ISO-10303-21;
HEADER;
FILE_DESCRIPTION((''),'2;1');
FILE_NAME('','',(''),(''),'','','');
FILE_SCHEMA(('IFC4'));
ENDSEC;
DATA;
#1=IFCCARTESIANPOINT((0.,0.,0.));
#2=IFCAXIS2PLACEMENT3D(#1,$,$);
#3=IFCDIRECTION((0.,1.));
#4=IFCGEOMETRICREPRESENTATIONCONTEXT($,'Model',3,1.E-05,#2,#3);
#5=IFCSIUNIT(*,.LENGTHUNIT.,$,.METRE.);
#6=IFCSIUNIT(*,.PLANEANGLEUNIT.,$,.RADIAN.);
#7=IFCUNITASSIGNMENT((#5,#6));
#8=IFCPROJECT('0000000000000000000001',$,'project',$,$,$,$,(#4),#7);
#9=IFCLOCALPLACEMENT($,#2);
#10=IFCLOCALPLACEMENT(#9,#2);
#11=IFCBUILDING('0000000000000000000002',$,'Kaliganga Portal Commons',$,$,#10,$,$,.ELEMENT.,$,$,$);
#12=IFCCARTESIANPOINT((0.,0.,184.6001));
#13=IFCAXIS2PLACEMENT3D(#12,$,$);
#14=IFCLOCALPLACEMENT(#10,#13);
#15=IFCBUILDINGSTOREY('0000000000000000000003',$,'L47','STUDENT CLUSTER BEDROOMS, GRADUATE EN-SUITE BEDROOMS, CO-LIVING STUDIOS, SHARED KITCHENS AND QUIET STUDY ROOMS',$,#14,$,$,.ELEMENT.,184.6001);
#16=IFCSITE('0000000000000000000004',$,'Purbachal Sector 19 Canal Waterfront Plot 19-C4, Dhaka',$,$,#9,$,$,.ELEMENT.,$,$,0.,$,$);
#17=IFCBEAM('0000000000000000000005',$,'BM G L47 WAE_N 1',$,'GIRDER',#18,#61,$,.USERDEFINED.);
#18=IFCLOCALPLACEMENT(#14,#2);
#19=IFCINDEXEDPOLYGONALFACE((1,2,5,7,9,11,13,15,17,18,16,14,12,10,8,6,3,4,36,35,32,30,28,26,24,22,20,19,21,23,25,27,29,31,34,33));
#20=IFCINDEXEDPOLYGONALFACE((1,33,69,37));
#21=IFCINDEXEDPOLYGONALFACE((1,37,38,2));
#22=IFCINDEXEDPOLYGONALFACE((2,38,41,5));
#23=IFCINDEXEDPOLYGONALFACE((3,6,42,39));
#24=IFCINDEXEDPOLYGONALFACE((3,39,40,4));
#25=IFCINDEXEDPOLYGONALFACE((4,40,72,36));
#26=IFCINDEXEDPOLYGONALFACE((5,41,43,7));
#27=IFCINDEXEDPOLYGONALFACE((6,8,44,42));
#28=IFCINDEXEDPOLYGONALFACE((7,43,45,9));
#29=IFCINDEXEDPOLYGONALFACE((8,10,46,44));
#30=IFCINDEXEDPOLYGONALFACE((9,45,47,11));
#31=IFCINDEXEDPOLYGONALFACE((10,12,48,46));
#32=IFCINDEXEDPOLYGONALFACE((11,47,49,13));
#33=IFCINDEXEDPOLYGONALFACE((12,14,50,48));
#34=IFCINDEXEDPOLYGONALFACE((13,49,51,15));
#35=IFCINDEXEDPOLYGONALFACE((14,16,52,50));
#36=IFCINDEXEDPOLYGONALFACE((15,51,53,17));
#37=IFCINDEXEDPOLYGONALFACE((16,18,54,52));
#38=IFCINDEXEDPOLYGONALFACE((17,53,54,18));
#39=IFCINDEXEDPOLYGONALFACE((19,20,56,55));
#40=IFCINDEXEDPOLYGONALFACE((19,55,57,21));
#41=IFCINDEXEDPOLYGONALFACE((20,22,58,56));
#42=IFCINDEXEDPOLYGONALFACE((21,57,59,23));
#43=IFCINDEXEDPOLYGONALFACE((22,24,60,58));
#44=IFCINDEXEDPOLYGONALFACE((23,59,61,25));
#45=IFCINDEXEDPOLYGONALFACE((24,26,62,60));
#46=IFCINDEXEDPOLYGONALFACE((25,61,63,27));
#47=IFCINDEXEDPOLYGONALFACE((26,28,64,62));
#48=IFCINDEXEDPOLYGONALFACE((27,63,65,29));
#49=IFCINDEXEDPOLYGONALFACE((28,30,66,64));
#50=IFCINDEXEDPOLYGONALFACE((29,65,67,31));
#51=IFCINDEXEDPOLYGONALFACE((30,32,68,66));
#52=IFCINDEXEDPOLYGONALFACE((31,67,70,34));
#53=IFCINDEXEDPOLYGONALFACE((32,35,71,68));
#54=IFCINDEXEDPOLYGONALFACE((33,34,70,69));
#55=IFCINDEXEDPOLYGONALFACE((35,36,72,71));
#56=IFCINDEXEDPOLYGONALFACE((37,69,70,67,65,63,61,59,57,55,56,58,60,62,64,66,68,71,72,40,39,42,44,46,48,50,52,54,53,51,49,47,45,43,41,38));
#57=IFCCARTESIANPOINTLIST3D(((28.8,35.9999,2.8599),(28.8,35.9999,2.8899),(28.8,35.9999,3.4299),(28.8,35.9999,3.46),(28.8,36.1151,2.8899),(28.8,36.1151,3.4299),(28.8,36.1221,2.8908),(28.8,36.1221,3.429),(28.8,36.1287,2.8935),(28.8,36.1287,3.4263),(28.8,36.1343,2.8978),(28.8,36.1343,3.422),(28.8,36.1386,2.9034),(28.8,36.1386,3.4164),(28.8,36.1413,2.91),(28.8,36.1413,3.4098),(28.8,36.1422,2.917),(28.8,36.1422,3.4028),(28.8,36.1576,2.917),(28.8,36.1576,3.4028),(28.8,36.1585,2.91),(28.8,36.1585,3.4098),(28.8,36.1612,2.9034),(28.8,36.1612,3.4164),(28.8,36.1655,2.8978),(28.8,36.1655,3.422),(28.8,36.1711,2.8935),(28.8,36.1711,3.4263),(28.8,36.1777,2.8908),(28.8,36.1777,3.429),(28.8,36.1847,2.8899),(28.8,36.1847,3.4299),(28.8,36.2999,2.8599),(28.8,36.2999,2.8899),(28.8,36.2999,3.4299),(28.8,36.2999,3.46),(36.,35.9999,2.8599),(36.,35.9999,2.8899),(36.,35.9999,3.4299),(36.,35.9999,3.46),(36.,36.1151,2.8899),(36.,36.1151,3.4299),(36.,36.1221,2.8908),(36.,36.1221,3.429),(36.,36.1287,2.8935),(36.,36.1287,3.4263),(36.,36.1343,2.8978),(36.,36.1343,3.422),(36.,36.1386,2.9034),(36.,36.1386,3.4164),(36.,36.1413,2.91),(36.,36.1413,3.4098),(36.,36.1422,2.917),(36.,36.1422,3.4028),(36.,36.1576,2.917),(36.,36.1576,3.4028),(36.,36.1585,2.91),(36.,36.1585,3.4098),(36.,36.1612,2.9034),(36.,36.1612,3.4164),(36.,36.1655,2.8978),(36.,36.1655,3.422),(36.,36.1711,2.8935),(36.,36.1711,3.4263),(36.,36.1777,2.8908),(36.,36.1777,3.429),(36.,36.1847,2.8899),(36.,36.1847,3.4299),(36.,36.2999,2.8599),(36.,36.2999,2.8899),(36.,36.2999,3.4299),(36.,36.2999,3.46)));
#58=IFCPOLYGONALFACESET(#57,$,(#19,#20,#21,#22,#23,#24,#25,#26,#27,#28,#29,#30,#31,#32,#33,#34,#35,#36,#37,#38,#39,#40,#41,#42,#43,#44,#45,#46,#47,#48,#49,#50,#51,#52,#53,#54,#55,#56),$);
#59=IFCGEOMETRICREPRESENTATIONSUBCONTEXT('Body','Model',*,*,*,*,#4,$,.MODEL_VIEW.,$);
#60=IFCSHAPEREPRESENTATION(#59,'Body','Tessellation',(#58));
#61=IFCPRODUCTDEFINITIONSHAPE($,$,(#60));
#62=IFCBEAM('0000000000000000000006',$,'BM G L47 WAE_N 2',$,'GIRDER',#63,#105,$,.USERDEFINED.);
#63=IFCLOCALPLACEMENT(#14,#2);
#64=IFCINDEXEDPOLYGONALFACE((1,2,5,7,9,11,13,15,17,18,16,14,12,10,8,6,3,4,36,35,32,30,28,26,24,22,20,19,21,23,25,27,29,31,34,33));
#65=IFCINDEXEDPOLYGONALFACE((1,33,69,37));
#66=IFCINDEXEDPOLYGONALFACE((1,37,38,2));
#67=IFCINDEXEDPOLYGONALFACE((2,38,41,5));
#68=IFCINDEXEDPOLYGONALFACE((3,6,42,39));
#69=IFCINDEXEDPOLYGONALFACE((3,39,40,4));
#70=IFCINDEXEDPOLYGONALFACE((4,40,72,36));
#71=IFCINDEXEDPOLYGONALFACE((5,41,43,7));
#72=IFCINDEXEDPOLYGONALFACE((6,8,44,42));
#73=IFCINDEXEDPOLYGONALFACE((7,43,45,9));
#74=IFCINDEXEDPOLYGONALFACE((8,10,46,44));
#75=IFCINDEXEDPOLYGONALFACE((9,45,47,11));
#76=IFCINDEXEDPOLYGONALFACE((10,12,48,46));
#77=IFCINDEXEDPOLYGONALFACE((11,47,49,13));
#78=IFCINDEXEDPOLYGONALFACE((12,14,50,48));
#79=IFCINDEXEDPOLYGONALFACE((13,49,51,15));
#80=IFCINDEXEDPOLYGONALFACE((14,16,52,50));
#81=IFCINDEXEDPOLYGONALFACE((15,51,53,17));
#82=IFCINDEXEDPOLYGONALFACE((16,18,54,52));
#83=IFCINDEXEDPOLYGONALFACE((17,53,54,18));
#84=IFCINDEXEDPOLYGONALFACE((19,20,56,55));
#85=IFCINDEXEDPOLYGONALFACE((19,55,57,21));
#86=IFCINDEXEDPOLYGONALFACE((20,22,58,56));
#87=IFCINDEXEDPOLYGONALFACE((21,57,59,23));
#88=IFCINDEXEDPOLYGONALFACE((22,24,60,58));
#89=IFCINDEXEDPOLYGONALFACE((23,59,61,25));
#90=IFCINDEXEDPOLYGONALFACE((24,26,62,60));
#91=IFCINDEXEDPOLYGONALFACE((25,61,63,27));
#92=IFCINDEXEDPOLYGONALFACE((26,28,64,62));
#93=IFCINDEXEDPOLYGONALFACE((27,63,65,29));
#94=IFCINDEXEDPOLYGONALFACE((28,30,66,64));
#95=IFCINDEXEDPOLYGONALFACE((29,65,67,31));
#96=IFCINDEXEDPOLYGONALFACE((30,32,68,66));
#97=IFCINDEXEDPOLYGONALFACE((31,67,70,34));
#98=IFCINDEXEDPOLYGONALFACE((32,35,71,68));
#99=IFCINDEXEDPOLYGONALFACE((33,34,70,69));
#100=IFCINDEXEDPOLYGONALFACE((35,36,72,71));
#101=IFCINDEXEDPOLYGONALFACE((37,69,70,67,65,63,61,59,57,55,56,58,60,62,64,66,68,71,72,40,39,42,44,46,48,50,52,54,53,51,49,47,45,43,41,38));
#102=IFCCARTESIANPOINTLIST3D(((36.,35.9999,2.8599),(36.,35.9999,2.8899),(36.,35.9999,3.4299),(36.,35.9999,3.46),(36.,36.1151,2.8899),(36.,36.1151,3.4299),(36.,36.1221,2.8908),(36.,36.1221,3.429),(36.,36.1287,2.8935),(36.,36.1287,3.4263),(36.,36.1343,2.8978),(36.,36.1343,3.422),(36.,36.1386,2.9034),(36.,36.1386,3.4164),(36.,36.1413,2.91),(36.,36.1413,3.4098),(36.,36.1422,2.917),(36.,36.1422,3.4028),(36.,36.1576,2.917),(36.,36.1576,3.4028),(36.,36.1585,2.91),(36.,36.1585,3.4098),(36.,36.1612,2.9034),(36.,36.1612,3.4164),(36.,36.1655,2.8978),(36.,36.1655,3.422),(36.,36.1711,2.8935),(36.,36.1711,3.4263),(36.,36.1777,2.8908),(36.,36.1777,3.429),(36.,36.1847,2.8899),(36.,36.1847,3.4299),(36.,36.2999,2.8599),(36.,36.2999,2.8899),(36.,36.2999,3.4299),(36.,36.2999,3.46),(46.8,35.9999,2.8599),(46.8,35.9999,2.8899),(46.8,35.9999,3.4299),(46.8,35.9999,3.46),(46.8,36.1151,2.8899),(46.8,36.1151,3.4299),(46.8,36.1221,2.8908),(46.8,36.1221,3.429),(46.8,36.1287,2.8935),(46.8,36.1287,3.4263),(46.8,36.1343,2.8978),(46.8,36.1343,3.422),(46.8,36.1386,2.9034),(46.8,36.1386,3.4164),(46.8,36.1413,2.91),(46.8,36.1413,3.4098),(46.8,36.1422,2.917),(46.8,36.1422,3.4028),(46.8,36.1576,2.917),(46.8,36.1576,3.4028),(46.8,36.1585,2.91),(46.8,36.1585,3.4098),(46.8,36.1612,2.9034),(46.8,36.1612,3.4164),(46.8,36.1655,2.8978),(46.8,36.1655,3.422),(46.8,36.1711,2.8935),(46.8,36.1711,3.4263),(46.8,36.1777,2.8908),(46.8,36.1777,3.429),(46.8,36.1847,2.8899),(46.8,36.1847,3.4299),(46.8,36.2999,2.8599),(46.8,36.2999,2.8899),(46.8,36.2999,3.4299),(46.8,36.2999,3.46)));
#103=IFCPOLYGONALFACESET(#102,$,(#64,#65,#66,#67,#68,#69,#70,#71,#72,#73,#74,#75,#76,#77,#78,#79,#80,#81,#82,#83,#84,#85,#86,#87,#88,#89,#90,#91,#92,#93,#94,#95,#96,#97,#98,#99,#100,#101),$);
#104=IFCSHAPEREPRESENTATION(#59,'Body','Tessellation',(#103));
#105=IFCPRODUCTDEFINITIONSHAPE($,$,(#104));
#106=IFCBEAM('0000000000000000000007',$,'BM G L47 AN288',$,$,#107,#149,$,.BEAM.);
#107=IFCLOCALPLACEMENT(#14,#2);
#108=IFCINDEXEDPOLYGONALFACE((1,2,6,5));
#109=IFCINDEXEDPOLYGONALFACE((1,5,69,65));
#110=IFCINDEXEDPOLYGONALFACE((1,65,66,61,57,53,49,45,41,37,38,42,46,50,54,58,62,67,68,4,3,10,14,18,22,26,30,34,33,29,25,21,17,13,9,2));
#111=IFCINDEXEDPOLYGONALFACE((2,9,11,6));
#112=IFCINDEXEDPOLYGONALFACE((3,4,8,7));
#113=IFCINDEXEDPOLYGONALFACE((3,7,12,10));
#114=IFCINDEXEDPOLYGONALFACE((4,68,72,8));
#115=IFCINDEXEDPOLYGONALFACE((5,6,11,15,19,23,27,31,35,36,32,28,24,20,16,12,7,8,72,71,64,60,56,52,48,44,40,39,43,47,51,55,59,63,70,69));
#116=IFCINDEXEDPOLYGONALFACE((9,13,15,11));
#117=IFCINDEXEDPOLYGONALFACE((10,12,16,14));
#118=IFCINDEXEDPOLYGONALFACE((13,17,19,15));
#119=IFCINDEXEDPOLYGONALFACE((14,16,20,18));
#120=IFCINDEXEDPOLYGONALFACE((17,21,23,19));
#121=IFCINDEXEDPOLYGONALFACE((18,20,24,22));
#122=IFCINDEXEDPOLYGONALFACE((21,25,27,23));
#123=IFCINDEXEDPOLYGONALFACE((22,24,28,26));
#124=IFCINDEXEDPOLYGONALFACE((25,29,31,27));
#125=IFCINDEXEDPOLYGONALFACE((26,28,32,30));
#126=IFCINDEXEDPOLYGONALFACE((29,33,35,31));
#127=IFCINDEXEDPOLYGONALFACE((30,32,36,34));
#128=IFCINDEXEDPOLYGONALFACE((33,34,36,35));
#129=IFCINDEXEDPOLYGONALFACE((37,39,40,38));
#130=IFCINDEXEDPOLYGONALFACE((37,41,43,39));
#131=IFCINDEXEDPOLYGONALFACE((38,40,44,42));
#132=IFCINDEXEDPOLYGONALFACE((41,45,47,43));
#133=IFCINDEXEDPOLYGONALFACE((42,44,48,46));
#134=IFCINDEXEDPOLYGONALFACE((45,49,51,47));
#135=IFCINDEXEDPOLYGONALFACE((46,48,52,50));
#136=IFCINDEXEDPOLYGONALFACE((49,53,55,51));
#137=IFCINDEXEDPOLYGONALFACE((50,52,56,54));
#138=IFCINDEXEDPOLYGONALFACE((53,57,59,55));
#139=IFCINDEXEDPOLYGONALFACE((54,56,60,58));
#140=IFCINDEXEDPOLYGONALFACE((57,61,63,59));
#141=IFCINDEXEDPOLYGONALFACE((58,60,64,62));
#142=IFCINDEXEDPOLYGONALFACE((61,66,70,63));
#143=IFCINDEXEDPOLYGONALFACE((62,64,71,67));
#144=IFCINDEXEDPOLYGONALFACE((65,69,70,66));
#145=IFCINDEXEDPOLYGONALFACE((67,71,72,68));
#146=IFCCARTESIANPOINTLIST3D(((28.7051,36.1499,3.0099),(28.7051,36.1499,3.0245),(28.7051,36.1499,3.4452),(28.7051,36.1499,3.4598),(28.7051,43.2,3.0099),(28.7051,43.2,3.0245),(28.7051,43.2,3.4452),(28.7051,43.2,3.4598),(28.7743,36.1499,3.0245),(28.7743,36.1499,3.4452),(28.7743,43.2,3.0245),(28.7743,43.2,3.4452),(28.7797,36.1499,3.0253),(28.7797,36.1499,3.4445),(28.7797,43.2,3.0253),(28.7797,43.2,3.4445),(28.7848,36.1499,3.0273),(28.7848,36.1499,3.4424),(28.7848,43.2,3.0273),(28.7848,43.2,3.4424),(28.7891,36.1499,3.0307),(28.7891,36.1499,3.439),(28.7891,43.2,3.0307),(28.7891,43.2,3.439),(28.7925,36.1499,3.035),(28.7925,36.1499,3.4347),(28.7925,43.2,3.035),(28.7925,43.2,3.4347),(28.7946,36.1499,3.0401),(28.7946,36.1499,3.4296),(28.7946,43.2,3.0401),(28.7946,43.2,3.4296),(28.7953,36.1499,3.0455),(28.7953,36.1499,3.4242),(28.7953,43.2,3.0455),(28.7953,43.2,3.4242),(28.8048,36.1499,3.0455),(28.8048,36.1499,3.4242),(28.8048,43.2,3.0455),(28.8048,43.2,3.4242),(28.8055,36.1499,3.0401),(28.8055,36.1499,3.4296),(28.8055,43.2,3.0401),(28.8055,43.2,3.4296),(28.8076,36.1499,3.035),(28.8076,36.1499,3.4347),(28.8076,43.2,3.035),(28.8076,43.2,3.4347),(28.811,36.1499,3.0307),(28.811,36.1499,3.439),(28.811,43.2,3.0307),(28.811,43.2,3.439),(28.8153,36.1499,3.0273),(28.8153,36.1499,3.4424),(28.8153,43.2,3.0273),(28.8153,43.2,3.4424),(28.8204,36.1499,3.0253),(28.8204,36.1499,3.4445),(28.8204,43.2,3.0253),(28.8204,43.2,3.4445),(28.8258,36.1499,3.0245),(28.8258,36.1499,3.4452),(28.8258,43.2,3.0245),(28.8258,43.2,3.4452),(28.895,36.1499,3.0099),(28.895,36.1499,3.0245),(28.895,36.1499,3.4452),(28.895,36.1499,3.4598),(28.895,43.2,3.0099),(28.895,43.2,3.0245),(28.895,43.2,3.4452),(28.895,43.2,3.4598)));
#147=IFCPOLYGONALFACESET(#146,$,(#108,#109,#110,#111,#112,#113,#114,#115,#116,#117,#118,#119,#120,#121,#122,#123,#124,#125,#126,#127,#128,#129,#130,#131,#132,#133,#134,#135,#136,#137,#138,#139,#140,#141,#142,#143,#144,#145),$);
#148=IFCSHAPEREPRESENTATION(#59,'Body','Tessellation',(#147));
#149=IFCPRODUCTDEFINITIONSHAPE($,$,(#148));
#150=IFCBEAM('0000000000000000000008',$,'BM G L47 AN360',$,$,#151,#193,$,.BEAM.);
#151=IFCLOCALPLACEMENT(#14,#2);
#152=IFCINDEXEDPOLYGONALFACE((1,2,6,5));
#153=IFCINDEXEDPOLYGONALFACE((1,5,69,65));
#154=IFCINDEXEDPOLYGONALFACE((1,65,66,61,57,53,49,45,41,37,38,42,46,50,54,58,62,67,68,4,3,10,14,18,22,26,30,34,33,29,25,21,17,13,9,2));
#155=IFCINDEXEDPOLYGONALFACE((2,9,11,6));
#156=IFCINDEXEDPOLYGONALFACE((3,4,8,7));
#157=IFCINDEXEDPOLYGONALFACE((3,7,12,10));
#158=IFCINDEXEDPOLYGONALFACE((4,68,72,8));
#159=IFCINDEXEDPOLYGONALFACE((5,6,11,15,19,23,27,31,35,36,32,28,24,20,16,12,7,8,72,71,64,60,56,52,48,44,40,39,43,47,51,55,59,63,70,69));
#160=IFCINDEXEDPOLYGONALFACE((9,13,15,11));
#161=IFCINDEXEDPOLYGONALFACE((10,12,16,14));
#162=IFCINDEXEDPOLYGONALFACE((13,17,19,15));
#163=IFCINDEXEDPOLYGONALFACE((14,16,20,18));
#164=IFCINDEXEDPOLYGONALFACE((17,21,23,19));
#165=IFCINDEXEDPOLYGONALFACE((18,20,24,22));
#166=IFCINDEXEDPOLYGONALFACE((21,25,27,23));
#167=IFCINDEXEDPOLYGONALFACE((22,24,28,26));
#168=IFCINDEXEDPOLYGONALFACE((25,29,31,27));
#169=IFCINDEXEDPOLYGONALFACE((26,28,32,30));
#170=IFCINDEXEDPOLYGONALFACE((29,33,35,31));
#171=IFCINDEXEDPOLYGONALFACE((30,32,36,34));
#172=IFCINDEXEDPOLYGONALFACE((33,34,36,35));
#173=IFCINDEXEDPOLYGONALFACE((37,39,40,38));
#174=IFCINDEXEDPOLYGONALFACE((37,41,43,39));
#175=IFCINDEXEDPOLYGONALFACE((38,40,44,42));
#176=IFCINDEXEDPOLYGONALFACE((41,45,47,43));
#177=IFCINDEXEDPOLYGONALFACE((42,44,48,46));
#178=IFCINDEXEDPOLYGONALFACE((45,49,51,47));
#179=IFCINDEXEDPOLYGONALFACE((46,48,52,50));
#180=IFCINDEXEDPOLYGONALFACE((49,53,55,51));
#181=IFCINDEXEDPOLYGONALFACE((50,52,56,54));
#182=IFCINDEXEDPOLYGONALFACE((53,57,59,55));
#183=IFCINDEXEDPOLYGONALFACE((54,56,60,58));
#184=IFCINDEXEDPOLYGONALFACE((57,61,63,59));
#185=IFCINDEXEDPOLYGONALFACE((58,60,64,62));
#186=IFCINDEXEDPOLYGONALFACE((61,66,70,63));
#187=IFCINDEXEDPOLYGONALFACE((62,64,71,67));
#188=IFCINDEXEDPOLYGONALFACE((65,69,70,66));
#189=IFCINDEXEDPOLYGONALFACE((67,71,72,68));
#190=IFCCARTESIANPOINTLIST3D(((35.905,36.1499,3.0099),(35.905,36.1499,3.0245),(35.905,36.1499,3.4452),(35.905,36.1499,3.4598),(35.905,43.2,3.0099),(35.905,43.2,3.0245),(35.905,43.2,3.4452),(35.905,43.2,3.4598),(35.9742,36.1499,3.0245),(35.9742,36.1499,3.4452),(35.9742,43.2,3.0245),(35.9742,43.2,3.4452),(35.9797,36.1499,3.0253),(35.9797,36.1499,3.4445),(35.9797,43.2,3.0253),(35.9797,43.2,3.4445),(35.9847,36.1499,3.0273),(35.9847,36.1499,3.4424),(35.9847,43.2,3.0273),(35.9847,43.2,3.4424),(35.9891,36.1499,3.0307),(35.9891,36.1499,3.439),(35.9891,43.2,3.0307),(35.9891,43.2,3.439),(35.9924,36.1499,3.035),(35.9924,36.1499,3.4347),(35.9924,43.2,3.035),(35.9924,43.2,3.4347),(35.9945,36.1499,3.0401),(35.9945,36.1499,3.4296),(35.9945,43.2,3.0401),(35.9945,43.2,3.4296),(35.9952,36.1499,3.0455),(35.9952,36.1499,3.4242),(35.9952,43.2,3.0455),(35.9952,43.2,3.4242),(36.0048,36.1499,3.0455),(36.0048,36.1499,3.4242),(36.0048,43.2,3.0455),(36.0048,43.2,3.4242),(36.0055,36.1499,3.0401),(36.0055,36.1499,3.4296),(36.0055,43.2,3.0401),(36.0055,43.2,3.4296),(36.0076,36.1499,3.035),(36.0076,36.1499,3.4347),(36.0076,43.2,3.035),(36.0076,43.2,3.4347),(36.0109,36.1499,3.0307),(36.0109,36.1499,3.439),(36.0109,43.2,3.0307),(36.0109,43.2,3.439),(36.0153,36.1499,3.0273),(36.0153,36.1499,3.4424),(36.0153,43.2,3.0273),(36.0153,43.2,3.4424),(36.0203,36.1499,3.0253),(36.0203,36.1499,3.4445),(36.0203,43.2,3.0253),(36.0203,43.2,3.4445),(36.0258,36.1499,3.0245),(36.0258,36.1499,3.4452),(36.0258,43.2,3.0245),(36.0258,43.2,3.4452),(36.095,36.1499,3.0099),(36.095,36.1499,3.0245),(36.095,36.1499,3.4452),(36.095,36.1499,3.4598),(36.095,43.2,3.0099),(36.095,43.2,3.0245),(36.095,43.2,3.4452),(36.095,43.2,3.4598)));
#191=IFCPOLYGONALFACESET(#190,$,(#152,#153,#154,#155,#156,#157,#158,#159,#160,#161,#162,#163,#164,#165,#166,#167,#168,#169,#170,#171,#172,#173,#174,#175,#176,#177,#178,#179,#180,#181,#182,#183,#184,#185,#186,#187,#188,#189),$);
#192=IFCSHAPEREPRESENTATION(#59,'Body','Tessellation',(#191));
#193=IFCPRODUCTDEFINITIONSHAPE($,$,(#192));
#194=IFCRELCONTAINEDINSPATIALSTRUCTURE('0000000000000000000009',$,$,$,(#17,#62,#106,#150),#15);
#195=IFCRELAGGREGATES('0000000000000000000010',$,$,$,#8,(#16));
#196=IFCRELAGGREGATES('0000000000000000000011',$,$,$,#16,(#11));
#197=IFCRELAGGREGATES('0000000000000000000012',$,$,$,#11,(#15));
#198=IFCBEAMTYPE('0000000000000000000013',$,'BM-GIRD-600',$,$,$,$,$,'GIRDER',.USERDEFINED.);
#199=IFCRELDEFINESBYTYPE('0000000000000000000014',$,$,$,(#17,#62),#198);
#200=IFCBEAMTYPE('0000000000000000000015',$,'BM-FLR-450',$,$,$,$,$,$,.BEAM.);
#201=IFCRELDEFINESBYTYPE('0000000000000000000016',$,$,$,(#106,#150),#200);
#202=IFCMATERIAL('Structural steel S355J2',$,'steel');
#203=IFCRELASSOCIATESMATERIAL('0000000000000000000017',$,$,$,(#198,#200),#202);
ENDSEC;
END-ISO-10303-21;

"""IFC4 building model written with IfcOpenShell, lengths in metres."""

from ifc_helpers import new_model, si_unit, direction, frame, origin, origin_2d, place, context, subcontext, project, spatial, i_section, extrude, source, transform, mapped, material, material_profile, profile_set, type_object, element, save


model = new_model("IFC4")

# Units and contexts
model_context = context("Model", 3, precision=1e-05, world=origin(), true_north=direction((0.0, 1.0)))
body_context = subcontext(model_context, "Body", "Model", "MODEL_VIEW")
ifc_project = project(units=[si_unit("LENGTHUNIT", "METRE"), si_unit("PLANEANGLEUNIT", "RADIAN")], contexts=[model_context])

# Site, building, storey
site_placement = place(None, origin())
site = spatial("IfcSite", under=ifc_project, at=site_placement, Name="Purbachal Sector 19 Canal Waterfront Plot 19-C4, Dhaka", CompositionType="ELEMENT", RefElevation=0.0)
building_placement = place(site_placement, origin())
building = spatial("IfcBuilding", under=site, at=building_placement, Name="Kaliganga Portal Commons", CompositionType="ELEMENT")
storey_placement = place(building_placement, frame((0.0, 0.0, 184.6001)))
storey = spatial("IfcBuildingStorey", under=building, at=storey_placement, Name="L47", Description="STUDENT CLUSTER BEDROOMS, GRADUATE EN-SUITE BEDROOMS, CO-LIVING STUDIOS, SHARED KITCHENS AND QUIET STUDY ROOMS", CompositionType="ELEMENT", Elevation=184.6001)

# Beams
ifc_material_1 = material(Name="Structural steel S355J2", Category="steel")
ifc_material_profile_1 = material_profile(ifc_material_1, i_section(OverallWidth=0.3, OverallDepth=0.6001, WebThickness=0.0154, FlangeThickness=0.03, FilletRadius=0.0271, at=origin_2d()), Name="HE 600 B")
ifc_profile_set_1 = profile_set([ifc_material_profile_1], Name="Structural steel S355J2 wide-flange")
beam_type_1 = type_object("IfcBeamType", Name="BM-GIRD-600", ElementType="GIRDER", PredefinedType="USERDEFINED", material=ifc_profile_set_1)
shared_shape_1 = source(origin(), body_context, "Body", "SweptSolid", [
    extrude(i_section(OverallWidth=0.3, OverallDepth=0.6001, WebThickness=0.0154, FlangeThickness=0.03, FilletRadius=0.0271, at=origin_2d()), origin(), (0.0, 0.0, 1.0), 7.2),
])
beam_1_placement = place(storey_placement, frame((28.8, 36.1499, 3.1599), z_axis=(1.0, 0.0, 0.0), x_axis=(0.0, 1.0, 0.0)))
element("IfcBeam", 1, at=beam_1_placement, inside=storey, type_object=beam_type_1, Name="BM G L47 WAE_N 1", ObjectType="GIRDER", PredefinedType="USERDEFINED", context=body_context, shape_type="MappedRepresentation", body=[
    mapped(shared_shape_1, transform((0.0, 0.0, 0.0), x_axis=(1.0, 0.0, 0.0), y_axis=(0.0, 1.0, 0.0), z_axis=(0.0, 0.0, 1.0), scale=1.0)),
])
shared_shape_2 = source(origin(), body_context, "Body", "SweptSolid", [
    extrude(i_section(OverallWidth=0.3, OverallDepth=0.6001, WebThickness=0.0154, FlangeThickness=0.03, FilletRadius=0.0271, at=origin_2d()), origin(), (0.0, 0.0, 1.0), 10.8),
])
beam_2_placement = place(storey_placement, frame((36.0, 36.1499, 3.1599), z_axis=(1.0, 0.0, 0.0), x_axis=(0.0, 1.0, 0.0)))
element("IfcBeam", 2, at=beam_2_placement, inside=storey, type_object=beam_type_1, Name="BM G L47 WAE_N 2", ObjectType="GIRDER", PredefinedType="USERDEFINED", context=body_context, shape_type="MappedRepresentation", body=[
    mapped(shared_shape_2, transform((0.0, 0.0, 0.0), x_axis=(1.0, 0.0, 0.0), y_axis=(0.0, 1.0, 0.0), z_axis=(0.0, 0.0, 1.0), scale=1.0)),
])
ifc_material_profile_2 = material_profile(ifc_material_1, i_section(OverallWidth=0.1899, OverallDepth=0.45, WebThickness=0.0095, FlangeThickness=0.0146, FilletRadius=0.021, at=origin_2d()), Name="IPE 450")
ifc_profile_set_2 = profile_set([ifc_material_profile_2], Name="Structural steel S355J2 wide-flange")
beam_type_2 = type_object("IfcBeamType", Name="BM-FLR-450", PredefinedType="BEAM", material=ifc_profile_set_2)
shared_shape_3 = source(origin(), body_context, "Body", "SweptSolid", [
    extrude(i_section(OverallWidth=0.1899, OverallDepth=0.45, WebThickness=0.0095, FlangeThickness=0.0146, FilletRadius=0.021, at=origin_2d()), origin(), (0.0, 0.0, 1.0), 7.05),
])
for number, where, z_axis, x_axis, name in (
    (3, (28.8, 36.1499, 3.2349), (0.0, 1.0, 0.0), (-1.0, 0.0, 0.0), "BM G L47 AN288"),
    (4, (36.0, 36.1499, 3.2349), (0.0, 1.0, 0.0), (-1.0, 0.0, 0.0), "BM G L47 AN360"),
):
    element("IfcBeam", number, at=place(storey_placement, frame(where, z_axis=z_axis, x_axis=x_axis)), inside=storey, type_object=beam_type_2, Name=name, PredefinedType="BEAM", context=body_context, shape_type="MappedRepresentation", body=[
        mapped(shared_shape_3, transform((0.0, 0.0, 0.0), x_axis=(1.0, 0.0, 0.0), y_axis=(0.0, 1.0, 0.0), z_axis=(0.0, 0.0, 1.0), scale=1.0)),
    ])

save(model, "model.ifc")
